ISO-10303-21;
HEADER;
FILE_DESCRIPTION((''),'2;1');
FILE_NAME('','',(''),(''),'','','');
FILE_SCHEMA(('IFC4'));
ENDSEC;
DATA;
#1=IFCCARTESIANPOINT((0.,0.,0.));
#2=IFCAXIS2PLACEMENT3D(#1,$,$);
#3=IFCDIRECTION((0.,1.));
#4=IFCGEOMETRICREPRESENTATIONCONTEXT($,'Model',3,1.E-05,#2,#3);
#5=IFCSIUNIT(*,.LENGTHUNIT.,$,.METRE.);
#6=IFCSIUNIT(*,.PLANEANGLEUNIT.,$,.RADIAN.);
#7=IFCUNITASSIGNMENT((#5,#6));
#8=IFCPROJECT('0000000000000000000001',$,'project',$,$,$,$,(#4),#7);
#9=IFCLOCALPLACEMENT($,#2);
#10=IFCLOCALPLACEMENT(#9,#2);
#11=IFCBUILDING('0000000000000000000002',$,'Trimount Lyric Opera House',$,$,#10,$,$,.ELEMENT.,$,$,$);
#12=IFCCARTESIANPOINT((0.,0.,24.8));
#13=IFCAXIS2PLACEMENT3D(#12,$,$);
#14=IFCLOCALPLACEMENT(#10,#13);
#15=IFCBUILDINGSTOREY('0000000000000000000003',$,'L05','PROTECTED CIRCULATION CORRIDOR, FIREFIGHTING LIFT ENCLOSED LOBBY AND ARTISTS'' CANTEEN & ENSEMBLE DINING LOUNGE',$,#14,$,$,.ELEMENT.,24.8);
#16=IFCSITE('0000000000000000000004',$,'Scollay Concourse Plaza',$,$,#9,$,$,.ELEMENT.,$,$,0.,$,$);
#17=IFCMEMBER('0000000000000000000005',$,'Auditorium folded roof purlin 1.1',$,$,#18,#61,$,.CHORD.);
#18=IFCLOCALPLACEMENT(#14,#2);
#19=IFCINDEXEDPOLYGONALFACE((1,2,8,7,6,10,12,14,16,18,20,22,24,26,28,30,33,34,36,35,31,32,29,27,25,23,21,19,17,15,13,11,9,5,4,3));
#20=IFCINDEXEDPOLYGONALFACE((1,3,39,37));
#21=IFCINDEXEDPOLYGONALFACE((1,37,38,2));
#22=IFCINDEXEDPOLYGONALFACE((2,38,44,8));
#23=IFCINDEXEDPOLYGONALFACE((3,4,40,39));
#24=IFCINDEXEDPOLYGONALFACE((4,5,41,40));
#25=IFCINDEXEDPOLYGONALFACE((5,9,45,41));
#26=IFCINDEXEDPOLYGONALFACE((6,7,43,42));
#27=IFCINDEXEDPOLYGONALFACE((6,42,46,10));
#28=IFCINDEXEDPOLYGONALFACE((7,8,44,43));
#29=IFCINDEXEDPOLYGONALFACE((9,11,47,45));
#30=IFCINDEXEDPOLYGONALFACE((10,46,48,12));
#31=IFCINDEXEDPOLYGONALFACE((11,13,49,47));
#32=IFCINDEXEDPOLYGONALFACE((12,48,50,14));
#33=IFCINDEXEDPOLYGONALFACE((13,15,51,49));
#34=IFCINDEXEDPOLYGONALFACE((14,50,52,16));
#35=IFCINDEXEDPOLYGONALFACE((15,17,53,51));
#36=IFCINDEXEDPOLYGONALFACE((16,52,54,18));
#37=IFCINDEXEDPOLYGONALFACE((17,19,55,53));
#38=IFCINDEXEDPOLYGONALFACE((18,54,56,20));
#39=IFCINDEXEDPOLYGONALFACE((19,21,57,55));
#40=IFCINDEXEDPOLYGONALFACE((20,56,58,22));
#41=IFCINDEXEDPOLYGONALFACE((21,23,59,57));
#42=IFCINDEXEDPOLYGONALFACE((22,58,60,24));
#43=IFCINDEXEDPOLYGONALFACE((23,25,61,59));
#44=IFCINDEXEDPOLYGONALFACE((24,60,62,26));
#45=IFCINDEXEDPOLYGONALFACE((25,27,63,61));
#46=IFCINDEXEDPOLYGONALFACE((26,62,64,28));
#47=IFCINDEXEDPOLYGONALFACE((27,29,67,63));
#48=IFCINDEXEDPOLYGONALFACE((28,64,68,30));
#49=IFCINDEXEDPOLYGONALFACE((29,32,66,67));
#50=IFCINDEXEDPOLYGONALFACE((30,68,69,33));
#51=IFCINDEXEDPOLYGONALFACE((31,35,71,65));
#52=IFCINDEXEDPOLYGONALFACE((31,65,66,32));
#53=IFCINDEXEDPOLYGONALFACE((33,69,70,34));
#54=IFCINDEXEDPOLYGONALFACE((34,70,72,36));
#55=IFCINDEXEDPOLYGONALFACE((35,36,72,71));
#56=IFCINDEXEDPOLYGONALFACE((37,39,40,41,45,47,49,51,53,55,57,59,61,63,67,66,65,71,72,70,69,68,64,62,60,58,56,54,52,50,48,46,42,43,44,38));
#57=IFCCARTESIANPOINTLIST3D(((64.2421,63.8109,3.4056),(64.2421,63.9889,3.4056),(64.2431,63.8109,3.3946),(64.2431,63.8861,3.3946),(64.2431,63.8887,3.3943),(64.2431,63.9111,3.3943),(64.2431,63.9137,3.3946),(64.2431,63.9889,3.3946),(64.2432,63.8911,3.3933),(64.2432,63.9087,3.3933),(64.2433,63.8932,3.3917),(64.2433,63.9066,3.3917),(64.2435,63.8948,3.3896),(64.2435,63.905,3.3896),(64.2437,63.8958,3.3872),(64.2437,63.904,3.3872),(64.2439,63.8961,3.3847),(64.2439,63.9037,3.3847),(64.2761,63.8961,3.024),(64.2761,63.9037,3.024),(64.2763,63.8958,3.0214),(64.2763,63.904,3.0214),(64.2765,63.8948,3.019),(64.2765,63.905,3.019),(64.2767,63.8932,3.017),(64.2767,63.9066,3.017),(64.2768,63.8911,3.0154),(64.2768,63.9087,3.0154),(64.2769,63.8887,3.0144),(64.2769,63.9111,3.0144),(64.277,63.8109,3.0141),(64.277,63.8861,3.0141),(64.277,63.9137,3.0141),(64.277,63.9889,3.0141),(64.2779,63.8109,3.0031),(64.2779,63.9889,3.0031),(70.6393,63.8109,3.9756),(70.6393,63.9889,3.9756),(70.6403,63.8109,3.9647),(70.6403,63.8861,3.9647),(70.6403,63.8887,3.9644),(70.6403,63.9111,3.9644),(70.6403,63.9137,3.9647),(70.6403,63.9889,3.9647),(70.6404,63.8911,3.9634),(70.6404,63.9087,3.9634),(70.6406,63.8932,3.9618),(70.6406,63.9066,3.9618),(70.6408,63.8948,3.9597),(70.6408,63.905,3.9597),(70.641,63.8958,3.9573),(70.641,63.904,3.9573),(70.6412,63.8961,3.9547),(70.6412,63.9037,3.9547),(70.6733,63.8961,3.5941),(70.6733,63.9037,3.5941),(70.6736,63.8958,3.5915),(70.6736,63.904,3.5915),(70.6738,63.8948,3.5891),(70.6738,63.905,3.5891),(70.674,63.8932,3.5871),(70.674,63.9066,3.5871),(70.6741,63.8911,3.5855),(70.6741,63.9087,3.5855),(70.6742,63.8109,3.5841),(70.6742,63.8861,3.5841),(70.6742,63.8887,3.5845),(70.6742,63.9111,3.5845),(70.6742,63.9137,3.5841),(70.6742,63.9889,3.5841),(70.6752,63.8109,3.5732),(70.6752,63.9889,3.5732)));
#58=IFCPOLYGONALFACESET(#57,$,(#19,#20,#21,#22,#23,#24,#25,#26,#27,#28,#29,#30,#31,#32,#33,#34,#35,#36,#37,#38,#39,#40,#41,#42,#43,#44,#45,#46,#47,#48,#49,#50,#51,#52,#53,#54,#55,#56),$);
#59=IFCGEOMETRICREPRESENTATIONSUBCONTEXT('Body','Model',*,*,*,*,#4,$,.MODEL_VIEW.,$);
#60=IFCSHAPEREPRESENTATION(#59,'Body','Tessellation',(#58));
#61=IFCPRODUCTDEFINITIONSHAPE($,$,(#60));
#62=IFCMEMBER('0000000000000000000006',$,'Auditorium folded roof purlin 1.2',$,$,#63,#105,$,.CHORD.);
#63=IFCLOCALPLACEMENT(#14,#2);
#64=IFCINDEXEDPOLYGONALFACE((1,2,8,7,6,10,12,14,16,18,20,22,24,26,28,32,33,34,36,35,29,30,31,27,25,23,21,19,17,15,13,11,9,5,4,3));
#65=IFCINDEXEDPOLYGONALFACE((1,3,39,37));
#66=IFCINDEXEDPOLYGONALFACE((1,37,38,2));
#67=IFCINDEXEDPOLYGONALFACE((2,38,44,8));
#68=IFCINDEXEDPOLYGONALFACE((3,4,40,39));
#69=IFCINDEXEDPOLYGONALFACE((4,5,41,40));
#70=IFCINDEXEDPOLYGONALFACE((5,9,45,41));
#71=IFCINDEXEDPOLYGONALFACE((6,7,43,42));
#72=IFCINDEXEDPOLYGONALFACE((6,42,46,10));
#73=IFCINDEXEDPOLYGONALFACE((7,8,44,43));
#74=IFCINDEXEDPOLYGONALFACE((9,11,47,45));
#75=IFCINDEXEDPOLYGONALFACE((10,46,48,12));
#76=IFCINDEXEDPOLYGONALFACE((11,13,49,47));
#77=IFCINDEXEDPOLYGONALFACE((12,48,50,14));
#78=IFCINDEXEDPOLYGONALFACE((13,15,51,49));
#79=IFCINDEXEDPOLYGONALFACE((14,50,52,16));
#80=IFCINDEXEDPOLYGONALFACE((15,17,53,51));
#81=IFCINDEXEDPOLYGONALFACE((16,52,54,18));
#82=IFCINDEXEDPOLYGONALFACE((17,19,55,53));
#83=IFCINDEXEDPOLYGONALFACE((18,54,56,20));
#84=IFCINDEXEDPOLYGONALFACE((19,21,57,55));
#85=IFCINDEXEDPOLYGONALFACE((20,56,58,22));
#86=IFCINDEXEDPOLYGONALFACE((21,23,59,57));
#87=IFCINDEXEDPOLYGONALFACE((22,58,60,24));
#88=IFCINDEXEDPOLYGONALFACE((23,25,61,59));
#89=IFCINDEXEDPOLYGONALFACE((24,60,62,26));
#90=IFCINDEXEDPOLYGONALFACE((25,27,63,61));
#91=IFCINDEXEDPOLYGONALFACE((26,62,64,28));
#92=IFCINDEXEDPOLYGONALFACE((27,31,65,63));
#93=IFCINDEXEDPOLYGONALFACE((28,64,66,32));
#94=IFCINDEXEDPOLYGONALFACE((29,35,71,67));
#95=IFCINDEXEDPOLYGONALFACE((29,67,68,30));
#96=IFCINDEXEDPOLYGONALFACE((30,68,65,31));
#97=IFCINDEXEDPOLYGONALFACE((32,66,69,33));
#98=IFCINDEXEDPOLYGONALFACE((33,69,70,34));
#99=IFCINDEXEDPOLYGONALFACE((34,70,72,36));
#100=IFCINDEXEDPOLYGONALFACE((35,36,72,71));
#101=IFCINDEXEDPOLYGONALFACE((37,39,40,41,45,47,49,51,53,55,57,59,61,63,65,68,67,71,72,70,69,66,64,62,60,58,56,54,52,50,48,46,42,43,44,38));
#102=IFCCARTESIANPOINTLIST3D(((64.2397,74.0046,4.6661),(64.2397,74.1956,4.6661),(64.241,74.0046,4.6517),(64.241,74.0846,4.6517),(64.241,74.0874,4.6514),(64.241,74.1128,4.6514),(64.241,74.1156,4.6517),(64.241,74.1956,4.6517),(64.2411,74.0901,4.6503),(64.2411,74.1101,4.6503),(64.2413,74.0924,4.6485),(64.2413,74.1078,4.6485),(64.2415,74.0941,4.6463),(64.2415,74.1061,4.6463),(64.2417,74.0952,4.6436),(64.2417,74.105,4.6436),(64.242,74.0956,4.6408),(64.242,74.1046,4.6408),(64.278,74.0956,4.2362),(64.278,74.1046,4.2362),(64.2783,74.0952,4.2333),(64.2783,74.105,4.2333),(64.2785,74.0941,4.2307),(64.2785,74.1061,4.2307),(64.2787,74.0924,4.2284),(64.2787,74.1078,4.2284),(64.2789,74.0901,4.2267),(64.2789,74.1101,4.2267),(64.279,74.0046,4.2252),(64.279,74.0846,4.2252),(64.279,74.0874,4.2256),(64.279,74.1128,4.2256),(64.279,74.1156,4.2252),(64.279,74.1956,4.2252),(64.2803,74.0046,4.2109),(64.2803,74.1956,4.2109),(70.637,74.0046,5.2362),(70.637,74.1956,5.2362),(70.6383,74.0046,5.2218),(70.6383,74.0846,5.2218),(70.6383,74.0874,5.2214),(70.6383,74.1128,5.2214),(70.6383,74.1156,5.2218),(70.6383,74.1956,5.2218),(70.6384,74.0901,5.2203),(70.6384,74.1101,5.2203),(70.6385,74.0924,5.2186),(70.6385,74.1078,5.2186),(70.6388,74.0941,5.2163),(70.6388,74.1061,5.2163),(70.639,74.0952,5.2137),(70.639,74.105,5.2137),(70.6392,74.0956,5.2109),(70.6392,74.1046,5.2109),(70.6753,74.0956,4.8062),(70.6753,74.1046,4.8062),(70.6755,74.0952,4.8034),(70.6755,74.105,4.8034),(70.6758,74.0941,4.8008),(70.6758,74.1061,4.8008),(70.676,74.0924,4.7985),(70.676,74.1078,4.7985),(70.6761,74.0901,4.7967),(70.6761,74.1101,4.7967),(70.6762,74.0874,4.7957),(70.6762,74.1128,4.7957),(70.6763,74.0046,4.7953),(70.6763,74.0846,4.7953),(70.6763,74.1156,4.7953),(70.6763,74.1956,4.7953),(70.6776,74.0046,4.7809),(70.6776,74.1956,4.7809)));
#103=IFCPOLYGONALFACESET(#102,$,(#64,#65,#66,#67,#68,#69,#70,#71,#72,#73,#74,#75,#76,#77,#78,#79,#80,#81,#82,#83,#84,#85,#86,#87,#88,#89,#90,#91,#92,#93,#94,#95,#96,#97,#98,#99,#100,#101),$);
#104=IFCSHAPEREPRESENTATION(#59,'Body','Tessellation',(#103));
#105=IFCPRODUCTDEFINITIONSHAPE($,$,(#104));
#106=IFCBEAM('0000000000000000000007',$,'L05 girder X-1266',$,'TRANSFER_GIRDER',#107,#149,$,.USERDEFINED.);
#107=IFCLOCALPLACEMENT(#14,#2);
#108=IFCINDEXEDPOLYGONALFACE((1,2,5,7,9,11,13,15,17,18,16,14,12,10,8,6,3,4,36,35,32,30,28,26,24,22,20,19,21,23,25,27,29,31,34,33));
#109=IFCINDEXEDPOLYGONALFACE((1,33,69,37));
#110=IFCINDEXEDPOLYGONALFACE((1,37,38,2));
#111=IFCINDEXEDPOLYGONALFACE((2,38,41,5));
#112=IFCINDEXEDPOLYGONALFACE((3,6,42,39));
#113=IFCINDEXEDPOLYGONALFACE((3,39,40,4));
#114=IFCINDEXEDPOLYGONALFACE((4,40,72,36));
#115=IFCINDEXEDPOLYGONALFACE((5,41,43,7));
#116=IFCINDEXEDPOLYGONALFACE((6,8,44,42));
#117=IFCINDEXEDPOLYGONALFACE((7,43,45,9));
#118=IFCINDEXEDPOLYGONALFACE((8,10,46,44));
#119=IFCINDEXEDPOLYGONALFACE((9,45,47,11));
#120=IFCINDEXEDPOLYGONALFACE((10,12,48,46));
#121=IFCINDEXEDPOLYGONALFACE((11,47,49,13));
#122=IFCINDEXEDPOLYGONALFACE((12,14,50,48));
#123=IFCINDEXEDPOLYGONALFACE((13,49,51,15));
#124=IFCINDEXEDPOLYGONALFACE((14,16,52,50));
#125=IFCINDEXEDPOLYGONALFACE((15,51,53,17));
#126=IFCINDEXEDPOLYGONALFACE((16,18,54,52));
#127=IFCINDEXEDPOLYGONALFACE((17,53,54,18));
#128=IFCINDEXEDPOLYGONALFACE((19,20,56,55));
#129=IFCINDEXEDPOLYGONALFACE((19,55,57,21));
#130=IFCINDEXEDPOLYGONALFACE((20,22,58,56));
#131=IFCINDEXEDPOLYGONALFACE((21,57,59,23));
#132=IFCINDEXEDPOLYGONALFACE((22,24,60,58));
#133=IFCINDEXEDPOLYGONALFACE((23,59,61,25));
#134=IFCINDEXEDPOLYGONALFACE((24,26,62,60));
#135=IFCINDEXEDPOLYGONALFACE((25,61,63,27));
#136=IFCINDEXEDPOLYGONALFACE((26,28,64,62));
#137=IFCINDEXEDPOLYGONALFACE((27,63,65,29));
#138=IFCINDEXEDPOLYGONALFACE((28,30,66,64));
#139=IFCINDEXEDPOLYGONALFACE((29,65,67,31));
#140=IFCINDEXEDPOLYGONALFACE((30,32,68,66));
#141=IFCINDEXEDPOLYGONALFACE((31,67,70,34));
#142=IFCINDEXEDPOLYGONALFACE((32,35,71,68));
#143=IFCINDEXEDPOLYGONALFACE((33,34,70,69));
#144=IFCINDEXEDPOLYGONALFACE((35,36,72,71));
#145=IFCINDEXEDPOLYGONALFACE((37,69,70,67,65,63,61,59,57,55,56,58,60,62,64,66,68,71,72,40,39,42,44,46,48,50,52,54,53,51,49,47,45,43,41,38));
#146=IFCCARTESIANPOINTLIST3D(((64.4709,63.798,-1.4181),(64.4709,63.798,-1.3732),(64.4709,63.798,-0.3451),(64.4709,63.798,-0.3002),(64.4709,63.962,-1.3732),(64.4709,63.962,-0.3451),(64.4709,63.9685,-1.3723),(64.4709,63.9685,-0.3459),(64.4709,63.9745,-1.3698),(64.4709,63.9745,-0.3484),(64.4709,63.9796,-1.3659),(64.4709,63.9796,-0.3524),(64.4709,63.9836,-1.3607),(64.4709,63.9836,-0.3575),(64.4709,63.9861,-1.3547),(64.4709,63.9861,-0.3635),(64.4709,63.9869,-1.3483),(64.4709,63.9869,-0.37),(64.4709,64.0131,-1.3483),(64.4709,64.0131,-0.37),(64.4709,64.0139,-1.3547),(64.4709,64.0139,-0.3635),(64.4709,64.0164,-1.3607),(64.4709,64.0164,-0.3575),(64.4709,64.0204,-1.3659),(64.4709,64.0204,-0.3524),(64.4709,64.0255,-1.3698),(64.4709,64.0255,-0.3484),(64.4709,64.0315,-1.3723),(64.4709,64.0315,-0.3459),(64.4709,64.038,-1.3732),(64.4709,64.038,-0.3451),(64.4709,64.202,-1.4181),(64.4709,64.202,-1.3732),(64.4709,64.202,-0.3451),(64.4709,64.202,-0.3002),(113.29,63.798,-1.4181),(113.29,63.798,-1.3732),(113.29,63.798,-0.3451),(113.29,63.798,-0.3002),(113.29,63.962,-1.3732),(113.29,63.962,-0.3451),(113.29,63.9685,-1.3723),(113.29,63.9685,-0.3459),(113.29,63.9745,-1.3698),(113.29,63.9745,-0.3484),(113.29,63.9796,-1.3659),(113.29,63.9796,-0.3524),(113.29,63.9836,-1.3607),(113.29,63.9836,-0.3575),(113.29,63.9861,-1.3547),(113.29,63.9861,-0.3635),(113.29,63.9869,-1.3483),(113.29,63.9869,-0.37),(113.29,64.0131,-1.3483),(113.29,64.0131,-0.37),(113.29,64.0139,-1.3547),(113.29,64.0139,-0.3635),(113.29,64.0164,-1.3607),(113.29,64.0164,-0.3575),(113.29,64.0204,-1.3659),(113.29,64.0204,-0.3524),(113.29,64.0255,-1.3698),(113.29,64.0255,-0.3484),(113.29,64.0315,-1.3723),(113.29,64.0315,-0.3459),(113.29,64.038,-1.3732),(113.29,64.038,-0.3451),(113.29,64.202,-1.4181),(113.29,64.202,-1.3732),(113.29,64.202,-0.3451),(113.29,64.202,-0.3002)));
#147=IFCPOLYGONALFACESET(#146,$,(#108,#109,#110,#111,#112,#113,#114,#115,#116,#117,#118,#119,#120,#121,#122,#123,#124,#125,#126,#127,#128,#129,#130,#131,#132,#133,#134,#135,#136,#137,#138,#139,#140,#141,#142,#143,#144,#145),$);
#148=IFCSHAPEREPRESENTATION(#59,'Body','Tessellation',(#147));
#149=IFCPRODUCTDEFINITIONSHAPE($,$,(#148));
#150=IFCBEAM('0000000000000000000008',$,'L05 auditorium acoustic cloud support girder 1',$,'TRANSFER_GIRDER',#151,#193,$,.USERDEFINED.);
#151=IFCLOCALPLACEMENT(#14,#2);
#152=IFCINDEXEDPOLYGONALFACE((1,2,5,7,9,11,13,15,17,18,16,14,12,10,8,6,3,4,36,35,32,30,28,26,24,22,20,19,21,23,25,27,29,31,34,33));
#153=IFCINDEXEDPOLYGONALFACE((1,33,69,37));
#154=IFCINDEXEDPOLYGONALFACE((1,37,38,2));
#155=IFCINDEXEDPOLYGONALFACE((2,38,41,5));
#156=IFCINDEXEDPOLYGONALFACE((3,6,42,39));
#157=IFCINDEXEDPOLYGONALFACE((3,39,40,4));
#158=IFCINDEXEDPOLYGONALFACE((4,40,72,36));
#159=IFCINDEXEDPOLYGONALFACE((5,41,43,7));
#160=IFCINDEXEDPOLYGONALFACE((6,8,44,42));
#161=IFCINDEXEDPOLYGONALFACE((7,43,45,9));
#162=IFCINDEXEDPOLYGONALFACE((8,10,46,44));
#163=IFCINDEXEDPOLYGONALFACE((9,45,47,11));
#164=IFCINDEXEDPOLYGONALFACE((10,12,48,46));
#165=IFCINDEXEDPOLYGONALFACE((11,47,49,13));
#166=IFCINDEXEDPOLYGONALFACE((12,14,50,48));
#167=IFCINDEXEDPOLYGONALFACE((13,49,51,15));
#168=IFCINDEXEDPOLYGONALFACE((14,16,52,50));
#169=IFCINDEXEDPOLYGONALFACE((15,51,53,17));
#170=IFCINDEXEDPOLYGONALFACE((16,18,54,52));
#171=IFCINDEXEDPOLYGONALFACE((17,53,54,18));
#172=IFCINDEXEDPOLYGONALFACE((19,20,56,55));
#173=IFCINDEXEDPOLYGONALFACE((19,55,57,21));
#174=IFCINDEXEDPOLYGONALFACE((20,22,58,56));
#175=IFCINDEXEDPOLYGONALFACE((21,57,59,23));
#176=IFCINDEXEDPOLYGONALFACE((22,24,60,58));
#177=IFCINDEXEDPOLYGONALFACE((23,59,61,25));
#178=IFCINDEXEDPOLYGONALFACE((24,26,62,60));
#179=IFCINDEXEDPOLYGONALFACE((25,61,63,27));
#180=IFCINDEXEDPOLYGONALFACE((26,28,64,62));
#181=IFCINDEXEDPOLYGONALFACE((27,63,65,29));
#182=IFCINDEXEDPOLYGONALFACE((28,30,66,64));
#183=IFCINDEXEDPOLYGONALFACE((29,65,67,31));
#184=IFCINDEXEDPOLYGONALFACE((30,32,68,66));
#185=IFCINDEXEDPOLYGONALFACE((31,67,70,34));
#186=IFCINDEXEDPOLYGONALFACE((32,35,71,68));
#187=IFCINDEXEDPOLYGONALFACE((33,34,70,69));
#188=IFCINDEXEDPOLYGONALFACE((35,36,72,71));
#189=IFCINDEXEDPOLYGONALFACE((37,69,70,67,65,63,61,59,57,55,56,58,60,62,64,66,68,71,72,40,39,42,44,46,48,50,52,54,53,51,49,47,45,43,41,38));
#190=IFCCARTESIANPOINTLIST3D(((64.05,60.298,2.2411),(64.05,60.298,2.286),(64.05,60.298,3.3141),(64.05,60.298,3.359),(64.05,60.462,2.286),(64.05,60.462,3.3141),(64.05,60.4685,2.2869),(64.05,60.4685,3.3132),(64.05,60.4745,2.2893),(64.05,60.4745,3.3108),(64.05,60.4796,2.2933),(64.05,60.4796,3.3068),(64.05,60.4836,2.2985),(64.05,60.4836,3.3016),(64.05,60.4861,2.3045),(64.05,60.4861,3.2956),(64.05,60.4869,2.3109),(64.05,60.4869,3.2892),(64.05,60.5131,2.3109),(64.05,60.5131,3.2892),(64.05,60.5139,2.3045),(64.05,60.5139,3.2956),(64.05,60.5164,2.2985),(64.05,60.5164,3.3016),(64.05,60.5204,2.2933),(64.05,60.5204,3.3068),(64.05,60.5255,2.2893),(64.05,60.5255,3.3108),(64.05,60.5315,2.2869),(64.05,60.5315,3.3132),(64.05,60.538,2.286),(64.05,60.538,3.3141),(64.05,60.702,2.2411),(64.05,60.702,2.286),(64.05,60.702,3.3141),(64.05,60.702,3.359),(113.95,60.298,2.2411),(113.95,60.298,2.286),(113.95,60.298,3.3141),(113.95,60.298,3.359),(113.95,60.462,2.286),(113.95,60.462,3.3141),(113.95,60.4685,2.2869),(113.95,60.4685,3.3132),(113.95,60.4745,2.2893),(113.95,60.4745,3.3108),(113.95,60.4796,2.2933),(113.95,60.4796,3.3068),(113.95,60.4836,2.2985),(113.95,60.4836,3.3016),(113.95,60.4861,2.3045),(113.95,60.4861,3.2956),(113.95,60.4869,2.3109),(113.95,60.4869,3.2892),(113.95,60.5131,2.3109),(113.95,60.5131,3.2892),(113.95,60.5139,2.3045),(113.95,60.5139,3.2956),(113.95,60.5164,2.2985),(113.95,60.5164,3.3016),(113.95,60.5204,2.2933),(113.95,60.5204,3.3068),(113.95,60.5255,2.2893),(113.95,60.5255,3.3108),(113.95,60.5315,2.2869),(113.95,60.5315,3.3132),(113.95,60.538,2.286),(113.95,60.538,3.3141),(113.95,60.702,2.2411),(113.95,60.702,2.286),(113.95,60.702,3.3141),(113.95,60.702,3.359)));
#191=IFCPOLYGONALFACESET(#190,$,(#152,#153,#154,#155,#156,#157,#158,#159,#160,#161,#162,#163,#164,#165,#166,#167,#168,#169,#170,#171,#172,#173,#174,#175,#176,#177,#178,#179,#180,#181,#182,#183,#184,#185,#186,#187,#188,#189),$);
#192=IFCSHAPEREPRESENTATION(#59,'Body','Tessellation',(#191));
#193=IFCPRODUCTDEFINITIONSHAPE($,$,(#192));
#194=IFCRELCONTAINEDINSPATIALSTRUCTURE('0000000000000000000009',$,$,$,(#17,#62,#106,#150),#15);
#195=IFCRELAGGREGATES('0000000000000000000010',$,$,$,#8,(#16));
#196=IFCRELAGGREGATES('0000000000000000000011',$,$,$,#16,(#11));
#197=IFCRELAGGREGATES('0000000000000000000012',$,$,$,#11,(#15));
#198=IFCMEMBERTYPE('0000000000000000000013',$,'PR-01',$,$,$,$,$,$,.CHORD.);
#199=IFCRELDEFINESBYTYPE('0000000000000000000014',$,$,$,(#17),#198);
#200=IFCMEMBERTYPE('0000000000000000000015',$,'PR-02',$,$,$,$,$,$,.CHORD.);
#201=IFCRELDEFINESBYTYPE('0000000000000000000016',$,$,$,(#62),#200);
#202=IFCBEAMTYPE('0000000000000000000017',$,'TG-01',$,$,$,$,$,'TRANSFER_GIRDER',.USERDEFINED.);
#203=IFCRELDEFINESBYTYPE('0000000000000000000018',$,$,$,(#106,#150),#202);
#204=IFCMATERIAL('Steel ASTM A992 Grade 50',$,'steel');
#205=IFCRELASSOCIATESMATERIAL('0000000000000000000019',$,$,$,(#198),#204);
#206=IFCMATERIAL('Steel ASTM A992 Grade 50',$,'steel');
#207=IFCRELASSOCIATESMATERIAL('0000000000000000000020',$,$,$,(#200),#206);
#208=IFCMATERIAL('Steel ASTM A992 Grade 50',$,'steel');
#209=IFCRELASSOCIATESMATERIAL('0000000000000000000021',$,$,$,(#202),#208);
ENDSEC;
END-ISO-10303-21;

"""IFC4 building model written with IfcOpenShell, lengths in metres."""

from ifc_helpers import new_model, si_unit, direction, frame, origin, origin_2d, place, context, subcontext, project, spatial, i_section, extrude, material, material_profile, profile_set, type_object, element, save


model = new_model("IFC4")

# Units and contexts
model_context = context("Model", 3, precision=1e-05, world=origin(), true_north=direction((0.0, 1.0)))
body_context = subcontext(model_context, "Body", "Model", "MODEL_VIEW")
ifc_project = project(units=[si_unit("LENGTHUNIT", "METRE"), si_unit("PLANEANGLEUNIT", "RADIAN")], contexts=[model_context])

# Site, building, storey
site_placement = place(None, origin())
site = spatial("IfcSite", under=ifc_project, at=site_placement, Name="Scollay Concourse Plaza", CompositionType="ELEMENT", RefElevation=0.0)
building_placement = place(site_placement, origin())
building = spatial("IfcBuilding", under=site, at=building_placement, Name="Trimount Lyric Opera House", CompositionType="ELEMENT")
storey_placement = place(building_placement, frame((0.0, 0.0, 24.8)))
storey = spatial("IfcBuildingStorey", under=building, at=storey_placement, Name="L05", Description="PROTECTED CIRCULATION CORRIDOR, FIREFIGHTING LIFT ENCLOSED LOBBY AND ARTISTS' CANTEEN & ENSEMBLE DINING LOUNGE", CompositionType="ELEMENT", Elevation=24.8)

# Members
ifc_material_1 = material(Name="Steel ASTM A992 Grade 50", Category="steel")
ifc_material_profile_1 = material_profile(ifc_material_1, i_section(OverallWidth=0.178, OverallDepth=0.4041, WebThickness=0.0076, FlangeThickness=0.011, FilletRadius=0.01, at=origin_2d()), Name="W16X36")
ifc_profile_set_1 = profile_set([ifc_material_profile_1], Name="Steel ASTM A992 Grade 50")
member_type_1 = type_object("IfcMemberType", Name="PR-01", PredefinedType="CHORD", material=ifc_profile_set_1)
member_1_placement = place(storey_placement, frame((64.26, 63.8999, 3.2043), z_axis=(0.996053, 0.0, 0.08876), x_axis=(0.0, 1.0, 0.0)))
element("IfcMember", 1, at=member_1_placement, inside=storey, type_object=member_type_1, Name="Auditorium folded roof purlin 1.1", PredefinedType="CHORD", context=body_context, shape_type="SweptSolid", body=[
    extrude(i_section(OverallWidth=0.178, OverallDepth=0.4041, WebThickness=0.0076, FlangeThickness=0.011, FilletRadius=0.01, at=origin_2d()), origin(), (0.0, 0.0, 1.0), 6.4226),
])
ifc_material_2 = material(Name="Steel ASTM A992 Grade 50", Category="steel")
ifc_material_profile_2 = material_profile(ifc_material_2, i_section(OverallWidth=0.1909, OverallDepth=0.457, WebThickness=0.009, FlangeThickness=0.0144, FilletRadius=0.011, at=origin_2d()), Name="W18X50")
ifc_profile_set_2 = profile_set([ifc_material_profile_2], Name="Steel ASTM A992 Grade 50")
member_type_2 = type_object("IfcMemberType", Name="PR-02", PredefinedType="CHORD", material=ifc_profile_set_2)
member_2_placement = place(storey_placement, frame((64.26, 74.1001, 4.4385), z_axis=(0.996053, 0.0, 0.08876), x_axis=(0.0, 1.0, 0.0)))
element("IfcMember", 2, at=member_2_placement, inside=storey, type_object=member_type_2, Name="Auditorium folded roof purlin 1.2", PredefinedType="CHORD", context=body_context, shape_type="SweptSolid", body=[
    extrude(i_section(OverallWidth=0.1909, OverallDepth=0.457, WebThickness=0.009, FlangeThickness=0.0144, FilletRadius=0.011, at=origin_2d()), origin(), (0.0, 0.0, 1.0), 6.4226),
])

# Beams
ifc_material_3 = material(Name="Steel ASTM A992 Grade 50", Category="steel")
ifc_material_profile_3 = material_profile(ifc_material_3, i_section(OverallWidth=0.4041, OverallDepth=1.1179, WebThickness=0.0261, FlangeThickness=0.0449, FilletRadius=0.0249, at=origin_2d()), Name="W44X335")
ifc_profile_set_3 = profile_set([ifc_material_profile_3], Name="Steel ASTM A992 Grade 50")
beam_type_1 = type_object("IfcBeamType", Name="TG-01", ElementType="TRANSFER_GIRDER", PredefinedType="USERDEFINED", material=ifc_profile_set_3)
beam_1_placement = place(storey_placement, frame((64.4709, 64.0, -0.8591), z_axis=(1.0, 0.0, 0.0), x_axis=(0.0, 1.0, 0.0)))
element("IfcBeam", 3, at=beam_1_placement, inside=storey, type_object=beam_type_1, Name="L05 girder X-1266", ObjectType="TRANSFER_GIRDER", PredefinedType="USERDEFINED", context=body_context, shape_type="SweptSolid", body=[
    extrude(i_section(OverallWidth=0.4041, OverallDepth=1.1179, WebThickness=0.0261, FlangeThickness=0.0449, FilletRadius=0.0249, at=origin_2d()), origin(), (0.0, 0.0, 1.0), 48.8191),
])
for number, where, z_axis, x_axis, name in (
    (4, (64.05, 60.5, 2.8), (1.0, 0.0, 0.0), (0.0, 1.0, 0.0), "L05 auditorium acoustic cloud support girder 1"),
):
    element("IfcBeam", number, at=place(storey_placement, frame(where, z_axis=z_axis, x_axis=x_axis)), inside=storey, type_object=beam_type_1, Name=name, ObjectType="TRANSFER_GIRDER", PredefinedType="USERDEFINED", context=body_context, shape_type="SweptSolid", body=[
        extrude(i_section(OverallWidth=0.4041, OverallDepth=1.1179, WebThickness=0.0261, FlangeThickness=0.0449, FilletRadius=0.0249, at=origin_2d()), origin(), (0.0, 0.0, 1.0), 49.8999),
    ])

save(model, "model.ifc")
